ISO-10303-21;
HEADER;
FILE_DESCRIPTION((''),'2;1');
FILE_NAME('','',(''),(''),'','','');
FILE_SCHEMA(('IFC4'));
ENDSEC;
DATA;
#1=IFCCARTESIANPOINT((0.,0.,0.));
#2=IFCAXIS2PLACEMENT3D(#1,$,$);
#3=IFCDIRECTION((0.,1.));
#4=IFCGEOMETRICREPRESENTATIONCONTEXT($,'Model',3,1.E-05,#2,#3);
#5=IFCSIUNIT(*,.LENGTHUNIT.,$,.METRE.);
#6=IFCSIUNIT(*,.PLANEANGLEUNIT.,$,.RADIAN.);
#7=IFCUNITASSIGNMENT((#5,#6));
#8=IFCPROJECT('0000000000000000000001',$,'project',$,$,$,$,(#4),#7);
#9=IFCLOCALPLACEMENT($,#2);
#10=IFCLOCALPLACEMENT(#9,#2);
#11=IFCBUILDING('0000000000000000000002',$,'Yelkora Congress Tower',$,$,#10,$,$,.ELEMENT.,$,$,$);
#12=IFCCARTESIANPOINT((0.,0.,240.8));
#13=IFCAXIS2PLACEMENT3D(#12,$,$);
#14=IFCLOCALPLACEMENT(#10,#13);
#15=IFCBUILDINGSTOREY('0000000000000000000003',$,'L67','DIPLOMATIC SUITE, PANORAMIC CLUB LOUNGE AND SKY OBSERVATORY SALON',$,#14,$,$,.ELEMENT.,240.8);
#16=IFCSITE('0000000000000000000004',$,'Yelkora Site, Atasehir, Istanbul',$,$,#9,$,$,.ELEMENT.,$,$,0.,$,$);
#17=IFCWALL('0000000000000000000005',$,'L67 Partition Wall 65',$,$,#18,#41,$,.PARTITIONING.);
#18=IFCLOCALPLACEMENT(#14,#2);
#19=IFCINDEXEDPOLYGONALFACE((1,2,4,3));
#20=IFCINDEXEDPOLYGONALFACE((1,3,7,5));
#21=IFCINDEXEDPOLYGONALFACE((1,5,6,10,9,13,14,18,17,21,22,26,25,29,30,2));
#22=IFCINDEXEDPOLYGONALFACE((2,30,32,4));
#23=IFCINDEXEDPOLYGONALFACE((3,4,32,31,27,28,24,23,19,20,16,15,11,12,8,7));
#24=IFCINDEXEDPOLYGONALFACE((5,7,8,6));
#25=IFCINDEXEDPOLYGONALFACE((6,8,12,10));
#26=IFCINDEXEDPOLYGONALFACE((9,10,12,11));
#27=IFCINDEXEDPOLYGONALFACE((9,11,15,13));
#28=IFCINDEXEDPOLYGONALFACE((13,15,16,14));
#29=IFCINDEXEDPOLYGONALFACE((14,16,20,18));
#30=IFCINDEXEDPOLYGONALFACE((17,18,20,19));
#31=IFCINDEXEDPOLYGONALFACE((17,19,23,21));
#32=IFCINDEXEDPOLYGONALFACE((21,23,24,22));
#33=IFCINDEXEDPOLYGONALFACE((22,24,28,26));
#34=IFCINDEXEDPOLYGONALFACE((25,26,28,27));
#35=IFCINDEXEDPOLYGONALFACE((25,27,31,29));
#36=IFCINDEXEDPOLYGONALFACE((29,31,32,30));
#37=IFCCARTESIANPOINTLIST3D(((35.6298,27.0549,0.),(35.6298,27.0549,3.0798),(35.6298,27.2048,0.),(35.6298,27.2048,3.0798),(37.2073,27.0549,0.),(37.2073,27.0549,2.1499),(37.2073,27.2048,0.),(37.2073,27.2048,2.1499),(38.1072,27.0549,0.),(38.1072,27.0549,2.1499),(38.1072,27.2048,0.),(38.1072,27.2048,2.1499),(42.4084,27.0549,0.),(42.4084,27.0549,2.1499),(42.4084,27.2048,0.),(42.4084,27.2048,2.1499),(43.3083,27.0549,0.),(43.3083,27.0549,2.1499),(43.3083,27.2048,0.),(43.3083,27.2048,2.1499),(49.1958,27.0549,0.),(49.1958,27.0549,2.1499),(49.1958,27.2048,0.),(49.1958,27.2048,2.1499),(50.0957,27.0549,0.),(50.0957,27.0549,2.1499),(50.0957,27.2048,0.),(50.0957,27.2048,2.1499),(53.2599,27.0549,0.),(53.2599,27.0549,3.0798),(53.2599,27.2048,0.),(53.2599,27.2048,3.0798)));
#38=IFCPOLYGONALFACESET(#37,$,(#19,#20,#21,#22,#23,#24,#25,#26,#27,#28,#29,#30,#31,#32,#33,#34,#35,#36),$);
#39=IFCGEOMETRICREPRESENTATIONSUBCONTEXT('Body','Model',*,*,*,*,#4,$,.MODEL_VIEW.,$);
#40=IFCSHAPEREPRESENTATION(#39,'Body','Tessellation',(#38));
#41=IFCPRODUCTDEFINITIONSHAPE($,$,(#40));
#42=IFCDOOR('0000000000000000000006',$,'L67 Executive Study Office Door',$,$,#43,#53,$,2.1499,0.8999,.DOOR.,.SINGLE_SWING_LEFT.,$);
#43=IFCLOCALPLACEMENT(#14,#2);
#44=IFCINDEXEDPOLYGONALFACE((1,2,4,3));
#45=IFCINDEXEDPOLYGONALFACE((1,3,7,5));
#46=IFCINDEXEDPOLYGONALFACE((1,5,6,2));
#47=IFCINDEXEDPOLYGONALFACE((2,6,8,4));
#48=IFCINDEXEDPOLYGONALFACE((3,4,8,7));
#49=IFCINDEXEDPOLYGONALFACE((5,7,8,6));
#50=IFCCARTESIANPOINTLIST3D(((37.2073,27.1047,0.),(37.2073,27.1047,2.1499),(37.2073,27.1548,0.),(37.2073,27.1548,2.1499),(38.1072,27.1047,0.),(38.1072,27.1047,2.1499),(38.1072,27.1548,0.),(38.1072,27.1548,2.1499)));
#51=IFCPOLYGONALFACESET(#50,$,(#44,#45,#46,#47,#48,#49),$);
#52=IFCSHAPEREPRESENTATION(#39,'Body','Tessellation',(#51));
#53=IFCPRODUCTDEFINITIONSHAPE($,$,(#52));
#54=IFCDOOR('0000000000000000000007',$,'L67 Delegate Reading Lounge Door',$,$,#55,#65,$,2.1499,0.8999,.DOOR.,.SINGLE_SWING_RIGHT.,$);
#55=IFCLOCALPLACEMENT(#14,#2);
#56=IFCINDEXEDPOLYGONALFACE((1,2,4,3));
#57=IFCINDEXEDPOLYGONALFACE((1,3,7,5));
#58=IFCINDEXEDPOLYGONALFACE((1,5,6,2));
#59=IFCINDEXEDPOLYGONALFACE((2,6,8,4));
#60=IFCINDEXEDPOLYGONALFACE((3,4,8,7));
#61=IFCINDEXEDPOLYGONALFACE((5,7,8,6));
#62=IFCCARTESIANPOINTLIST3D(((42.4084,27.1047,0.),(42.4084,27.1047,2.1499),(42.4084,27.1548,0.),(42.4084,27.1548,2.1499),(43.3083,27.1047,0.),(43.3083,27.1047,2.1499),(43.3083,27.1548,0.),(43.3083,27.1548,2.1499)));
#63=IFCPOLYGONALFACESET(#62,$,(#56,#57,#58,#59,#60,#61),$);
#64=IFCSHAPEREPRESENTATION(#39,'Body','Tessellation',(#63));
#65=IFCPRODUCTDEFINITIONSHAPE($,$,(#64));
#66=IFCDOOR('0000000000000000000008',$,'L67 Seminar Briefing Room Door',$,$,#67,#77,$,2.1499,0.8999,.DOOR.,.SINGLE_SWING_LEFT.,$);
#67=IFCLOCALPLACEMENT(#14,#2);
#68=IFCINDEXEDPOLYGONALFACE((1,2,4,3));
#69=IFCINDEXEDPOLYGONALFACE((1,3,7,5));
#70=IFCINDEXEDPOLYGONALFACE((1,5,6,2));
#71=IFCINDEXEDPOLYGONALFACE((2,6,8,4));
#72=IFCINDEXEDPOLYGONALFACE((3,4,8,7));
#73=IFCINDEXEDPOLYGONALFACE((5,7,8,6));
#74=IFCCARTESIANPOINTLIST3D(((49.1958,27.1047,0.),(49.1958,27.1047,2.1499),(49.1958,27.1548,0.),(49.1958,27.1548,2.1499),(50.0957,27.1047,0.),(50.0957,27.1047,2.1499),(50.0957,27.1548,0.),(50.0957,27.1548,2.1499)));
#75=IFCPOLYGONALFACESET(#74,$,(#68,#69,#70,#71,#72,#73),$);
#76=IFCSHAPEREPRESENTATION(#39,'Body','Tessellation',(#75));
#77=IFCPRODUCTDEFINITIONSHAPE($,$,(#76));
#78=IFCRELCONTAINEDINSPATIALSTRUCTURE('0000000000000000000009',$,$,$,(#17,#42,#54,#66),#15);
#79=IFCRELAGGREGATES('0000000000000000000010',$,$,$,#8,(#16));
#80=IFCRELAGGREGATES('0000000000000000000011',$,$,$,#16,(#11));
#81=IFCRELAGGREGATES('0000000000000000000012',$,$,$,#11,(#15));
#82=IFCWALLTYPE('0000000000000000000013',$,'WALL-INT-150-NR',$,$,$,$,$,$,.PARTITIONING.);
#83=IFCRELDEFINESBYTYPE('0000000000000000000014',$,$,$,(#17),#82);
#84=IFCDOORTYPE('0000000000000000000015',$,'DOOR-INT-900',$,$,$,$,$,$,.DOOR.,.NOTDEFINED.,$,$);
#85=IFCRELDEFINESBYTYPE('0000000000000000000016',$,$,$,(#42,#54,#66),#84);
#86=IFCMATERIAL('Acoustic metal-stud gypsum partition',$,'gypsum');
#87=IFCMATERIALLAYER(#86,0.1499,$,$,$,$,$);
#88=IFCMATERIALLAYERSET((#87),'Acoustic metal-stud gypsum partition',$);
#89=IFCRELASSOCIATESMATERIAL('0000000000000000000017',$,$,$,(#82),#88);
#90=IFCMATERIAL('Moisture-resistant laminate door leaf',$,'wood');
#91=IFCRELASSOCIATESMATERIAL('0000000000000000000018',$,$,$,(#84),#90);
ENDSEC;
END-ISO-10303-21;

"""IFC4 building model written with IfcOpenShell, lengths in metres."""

from ifc_helpers import new_model, si_unit, direction, frame, frame_2d, origin, place, context, subcontext, project, spatial, rectangle, extrude, material, layer, layer_set, type_object, element, fill, save


model = new_model("IFC4")

# Units and contexts
model_context = context("Model", 3, precision=1e-05, world=origin(), true_north=direction((0.0, 1.0)))
body_context = subcontext(model_context, "Body", "Model", "MODEL_VIEW")
ifc_project = project(units=[si_unit("LENGTHUNIT", "METRE"), si_unit("PLANEANGLEUNIT", "RADIAN")], contexts=[model_context])

# Site, building, storey
site_placement = place(None, origin())
site = spatial("IfcSite", under=ifc_project, at=site_placement, Name="Yelkora Site, Atasehir, Istanbul", CompositionType="ELEMENT", RefElevation=0.0)
building_placement = place(site_placement, origin())
building = spatial("IfcBuilding", under=site, at=building_placement, Name="Yelkora Congress Tower", CompositionType="ELEMENT")
storey_placement = place(building_placement, frame((0.0, 0.0, 240.8)))
storey = spatial("IfcBuildingStorey", under=building, at=storey_placement, Name="L67", Description="DIPLOMATIC SUITE, PANORAMIC CLUB LOUNGE AND SKY OBSERVATORY SALON", CompositionType="ELEMENT", Elevation=240.8)

# Shared definitions
ifc_material_1 = material(Name="Acoustic metal-stud gypsum partition", Category="gypsum")
ifc_layer = layer(ifc_material_1, 0.1499)
ifc_layer_set = layer_set([ifc_layer], Name="Acoustic metal-stud gypsum partition")
wall_type = type_object("IfcWallType", Name="WALL-INT-150-NR", PredefinedType="PARTITIONING", material=ifc_layer_set)

# Shared definitions
ifc_material_2 = material(Name="Moisture-resistant laminate door leaf", Category="wood")
door_type = type_object("IfcDoorType", Name="DOOR-INT-900", OperationType="NOTDEFINED", PredefinedType="DOOR", material=ifc_material_2)

# Wall, openings, doors
wall_1_placement = place(storey_placement, frame((35.6299, 27.1299, 0.0), z_axis=(0.0, 0.0, 1.0), x_axis=(1.0, 0.0, 0.0)))
wall_1 = element("IfcWall", 1, at=wall_1_placement, inside=storey, type_object=wall_type, Name="L67 Partition Wall 65", PredefinedType="PARTITIONING", context=body_context, shape_type="SweptSolid", body=[
    extrude(rectangle(XDim=17.6301, YDim=0.1499, at=frame_2d((8.8149, 0.0))), origin(), (0.0, 0.0, 1.0), 3.0798),
])
opening_1_placement = place(wall_1_placement, frame((1.5774, 0.0, 0.0)))
opening_1 = element("IfcOpeningElement", 2, at=opening_1_placement, cuts=wall_1, PredefinedType="OPENING", context=body_context, shape_type="SweptSolid", body=[
    extrude(rectangle(XDim=0.8999, YDim=2.1499, at=frame_2d((0.45, 1.075))), frame((0.0, 0.085, 0.0), z_axis=(0.0, -1.0, 0.0), x_axis=(1.0, 0.0, 0.0)), (0.0, 0.0, 1.0), 0.1699),
])
opening_2_placement = place(wall_1_placement, frame((6.7786, 0.0, 0.0)))
opening_2 = element("IfcOpeningElement", 3, at=opening_2_placement, cuts=wall_1, PredefinedType="OPENING", context=body_context, shape_type="SweptSolid", body=[
    extrude(rectangle(XDim=0.8999, YDim=2.1499, at=frame_2d((0.45, 1.075))), frame((0.0, 0.085, 0.0), z_axis=(0.0, -1.0, 0.0), x_axis=(1.0, 0.0, 0.0)), (0.0, 0.0, 1.0), 0.1699),
])
opening_3_placement = place(wall_1_placement, frame((13.5659, 0.0, 0.0)))
opening_3 = element("IfcOpeningElement", 4, at=opening_3_placement, cuts=wall_1, PredefinedType="OPENING", context=body_context, shape_type="SweptSolid", body=[
    extrude(rectangle(XDim=0.8999, YDim=2.1499, at=frame_2d((0.45, 1.075))), frame((0.0, 0.085, 0.0), z_axis=(0.0, -1.0, 0.0), x_axis=(1.0, 0.0, 0.0)), (0.0, 0.0, 1.0), 0.1699),
])
door_1_placement = place(opening_1_placement, origin())
door_1 = element("IfcDoor", 5, at=door_1_placement, inside=storey, type_object=door_type, Name="L67 Executive Study Office Door", OperationType="SINGLE_SWING_LEFT", OverallHeight=2.1499, OverallWidth=0.8999, PredefinedType="DOOR", context=body_context, shape_type="SweptSolid", body=[
    extrude(rectangle(XDim=0.8999, YDim=2.1499, at=frame_2d((0.45, 1.075))), frame((0.0, 0.0249, 0.0), z_axis=(0.0, -1.0, 0.0), x_axis=(1.0, 0.0, 0.0)), (0.0, 0.0, 1.0), 0.05),
])
fill(opening_1, door_1)
door_2_placement = place(opening_2_placement, origin())
door_2 = element("IfcDoor", 6, at=door_2_placement, inside=storey, type_object=door_type, Name="L67 Delegate Reading Lounge Door", OperationType="SINGLE_SWING_RIGHT", OverallHeight=2.1499, OverallWidth=0.8999, PredefinedType="DOOR", context=body_context, shape_type="SweptSolid", body=[
    extrude(rectangle(XDim=0.8999, YDim=2.1499, at=frame_2d((0.45, 1.075))), frame((0.0, 0.0249, 0.0), z_axis=(0.0, -1.0, 0.0), x_axis=(1.0, 0.0, 0.0)), (0.0, 0.0, 1.0), 0.05),
])
fill(opening_2, door_2)
door_3_placement = place(opening_3_placement, origin())
door_3 = element("IfcDoor", 7, at=door_3_placement, inside=storey, type_object=door_type, Name="L67 Seminar Briefing Room Door", OperationType="SINGLE_SWING_LEFT", OverallHeight=2.1499, OverallWidth=0.8999, PredefinedType="DOOR", context=body_context, shape_type="SweptSolid", body=[
    extrude(rectangle(XDim=0.8999, YDim=2.1499, at=frame_2d((0.45, 1.075))), frame((0.0, 0.0249, 0.0), z_axis=(0.0, -1.0, 0.0), x_axis=(1.0, 0.0, 0.0)), (0.0, 0.0, 1.0), 0.05),
])
fill(opening_3, door_3)

save(model, "model.ifc")
